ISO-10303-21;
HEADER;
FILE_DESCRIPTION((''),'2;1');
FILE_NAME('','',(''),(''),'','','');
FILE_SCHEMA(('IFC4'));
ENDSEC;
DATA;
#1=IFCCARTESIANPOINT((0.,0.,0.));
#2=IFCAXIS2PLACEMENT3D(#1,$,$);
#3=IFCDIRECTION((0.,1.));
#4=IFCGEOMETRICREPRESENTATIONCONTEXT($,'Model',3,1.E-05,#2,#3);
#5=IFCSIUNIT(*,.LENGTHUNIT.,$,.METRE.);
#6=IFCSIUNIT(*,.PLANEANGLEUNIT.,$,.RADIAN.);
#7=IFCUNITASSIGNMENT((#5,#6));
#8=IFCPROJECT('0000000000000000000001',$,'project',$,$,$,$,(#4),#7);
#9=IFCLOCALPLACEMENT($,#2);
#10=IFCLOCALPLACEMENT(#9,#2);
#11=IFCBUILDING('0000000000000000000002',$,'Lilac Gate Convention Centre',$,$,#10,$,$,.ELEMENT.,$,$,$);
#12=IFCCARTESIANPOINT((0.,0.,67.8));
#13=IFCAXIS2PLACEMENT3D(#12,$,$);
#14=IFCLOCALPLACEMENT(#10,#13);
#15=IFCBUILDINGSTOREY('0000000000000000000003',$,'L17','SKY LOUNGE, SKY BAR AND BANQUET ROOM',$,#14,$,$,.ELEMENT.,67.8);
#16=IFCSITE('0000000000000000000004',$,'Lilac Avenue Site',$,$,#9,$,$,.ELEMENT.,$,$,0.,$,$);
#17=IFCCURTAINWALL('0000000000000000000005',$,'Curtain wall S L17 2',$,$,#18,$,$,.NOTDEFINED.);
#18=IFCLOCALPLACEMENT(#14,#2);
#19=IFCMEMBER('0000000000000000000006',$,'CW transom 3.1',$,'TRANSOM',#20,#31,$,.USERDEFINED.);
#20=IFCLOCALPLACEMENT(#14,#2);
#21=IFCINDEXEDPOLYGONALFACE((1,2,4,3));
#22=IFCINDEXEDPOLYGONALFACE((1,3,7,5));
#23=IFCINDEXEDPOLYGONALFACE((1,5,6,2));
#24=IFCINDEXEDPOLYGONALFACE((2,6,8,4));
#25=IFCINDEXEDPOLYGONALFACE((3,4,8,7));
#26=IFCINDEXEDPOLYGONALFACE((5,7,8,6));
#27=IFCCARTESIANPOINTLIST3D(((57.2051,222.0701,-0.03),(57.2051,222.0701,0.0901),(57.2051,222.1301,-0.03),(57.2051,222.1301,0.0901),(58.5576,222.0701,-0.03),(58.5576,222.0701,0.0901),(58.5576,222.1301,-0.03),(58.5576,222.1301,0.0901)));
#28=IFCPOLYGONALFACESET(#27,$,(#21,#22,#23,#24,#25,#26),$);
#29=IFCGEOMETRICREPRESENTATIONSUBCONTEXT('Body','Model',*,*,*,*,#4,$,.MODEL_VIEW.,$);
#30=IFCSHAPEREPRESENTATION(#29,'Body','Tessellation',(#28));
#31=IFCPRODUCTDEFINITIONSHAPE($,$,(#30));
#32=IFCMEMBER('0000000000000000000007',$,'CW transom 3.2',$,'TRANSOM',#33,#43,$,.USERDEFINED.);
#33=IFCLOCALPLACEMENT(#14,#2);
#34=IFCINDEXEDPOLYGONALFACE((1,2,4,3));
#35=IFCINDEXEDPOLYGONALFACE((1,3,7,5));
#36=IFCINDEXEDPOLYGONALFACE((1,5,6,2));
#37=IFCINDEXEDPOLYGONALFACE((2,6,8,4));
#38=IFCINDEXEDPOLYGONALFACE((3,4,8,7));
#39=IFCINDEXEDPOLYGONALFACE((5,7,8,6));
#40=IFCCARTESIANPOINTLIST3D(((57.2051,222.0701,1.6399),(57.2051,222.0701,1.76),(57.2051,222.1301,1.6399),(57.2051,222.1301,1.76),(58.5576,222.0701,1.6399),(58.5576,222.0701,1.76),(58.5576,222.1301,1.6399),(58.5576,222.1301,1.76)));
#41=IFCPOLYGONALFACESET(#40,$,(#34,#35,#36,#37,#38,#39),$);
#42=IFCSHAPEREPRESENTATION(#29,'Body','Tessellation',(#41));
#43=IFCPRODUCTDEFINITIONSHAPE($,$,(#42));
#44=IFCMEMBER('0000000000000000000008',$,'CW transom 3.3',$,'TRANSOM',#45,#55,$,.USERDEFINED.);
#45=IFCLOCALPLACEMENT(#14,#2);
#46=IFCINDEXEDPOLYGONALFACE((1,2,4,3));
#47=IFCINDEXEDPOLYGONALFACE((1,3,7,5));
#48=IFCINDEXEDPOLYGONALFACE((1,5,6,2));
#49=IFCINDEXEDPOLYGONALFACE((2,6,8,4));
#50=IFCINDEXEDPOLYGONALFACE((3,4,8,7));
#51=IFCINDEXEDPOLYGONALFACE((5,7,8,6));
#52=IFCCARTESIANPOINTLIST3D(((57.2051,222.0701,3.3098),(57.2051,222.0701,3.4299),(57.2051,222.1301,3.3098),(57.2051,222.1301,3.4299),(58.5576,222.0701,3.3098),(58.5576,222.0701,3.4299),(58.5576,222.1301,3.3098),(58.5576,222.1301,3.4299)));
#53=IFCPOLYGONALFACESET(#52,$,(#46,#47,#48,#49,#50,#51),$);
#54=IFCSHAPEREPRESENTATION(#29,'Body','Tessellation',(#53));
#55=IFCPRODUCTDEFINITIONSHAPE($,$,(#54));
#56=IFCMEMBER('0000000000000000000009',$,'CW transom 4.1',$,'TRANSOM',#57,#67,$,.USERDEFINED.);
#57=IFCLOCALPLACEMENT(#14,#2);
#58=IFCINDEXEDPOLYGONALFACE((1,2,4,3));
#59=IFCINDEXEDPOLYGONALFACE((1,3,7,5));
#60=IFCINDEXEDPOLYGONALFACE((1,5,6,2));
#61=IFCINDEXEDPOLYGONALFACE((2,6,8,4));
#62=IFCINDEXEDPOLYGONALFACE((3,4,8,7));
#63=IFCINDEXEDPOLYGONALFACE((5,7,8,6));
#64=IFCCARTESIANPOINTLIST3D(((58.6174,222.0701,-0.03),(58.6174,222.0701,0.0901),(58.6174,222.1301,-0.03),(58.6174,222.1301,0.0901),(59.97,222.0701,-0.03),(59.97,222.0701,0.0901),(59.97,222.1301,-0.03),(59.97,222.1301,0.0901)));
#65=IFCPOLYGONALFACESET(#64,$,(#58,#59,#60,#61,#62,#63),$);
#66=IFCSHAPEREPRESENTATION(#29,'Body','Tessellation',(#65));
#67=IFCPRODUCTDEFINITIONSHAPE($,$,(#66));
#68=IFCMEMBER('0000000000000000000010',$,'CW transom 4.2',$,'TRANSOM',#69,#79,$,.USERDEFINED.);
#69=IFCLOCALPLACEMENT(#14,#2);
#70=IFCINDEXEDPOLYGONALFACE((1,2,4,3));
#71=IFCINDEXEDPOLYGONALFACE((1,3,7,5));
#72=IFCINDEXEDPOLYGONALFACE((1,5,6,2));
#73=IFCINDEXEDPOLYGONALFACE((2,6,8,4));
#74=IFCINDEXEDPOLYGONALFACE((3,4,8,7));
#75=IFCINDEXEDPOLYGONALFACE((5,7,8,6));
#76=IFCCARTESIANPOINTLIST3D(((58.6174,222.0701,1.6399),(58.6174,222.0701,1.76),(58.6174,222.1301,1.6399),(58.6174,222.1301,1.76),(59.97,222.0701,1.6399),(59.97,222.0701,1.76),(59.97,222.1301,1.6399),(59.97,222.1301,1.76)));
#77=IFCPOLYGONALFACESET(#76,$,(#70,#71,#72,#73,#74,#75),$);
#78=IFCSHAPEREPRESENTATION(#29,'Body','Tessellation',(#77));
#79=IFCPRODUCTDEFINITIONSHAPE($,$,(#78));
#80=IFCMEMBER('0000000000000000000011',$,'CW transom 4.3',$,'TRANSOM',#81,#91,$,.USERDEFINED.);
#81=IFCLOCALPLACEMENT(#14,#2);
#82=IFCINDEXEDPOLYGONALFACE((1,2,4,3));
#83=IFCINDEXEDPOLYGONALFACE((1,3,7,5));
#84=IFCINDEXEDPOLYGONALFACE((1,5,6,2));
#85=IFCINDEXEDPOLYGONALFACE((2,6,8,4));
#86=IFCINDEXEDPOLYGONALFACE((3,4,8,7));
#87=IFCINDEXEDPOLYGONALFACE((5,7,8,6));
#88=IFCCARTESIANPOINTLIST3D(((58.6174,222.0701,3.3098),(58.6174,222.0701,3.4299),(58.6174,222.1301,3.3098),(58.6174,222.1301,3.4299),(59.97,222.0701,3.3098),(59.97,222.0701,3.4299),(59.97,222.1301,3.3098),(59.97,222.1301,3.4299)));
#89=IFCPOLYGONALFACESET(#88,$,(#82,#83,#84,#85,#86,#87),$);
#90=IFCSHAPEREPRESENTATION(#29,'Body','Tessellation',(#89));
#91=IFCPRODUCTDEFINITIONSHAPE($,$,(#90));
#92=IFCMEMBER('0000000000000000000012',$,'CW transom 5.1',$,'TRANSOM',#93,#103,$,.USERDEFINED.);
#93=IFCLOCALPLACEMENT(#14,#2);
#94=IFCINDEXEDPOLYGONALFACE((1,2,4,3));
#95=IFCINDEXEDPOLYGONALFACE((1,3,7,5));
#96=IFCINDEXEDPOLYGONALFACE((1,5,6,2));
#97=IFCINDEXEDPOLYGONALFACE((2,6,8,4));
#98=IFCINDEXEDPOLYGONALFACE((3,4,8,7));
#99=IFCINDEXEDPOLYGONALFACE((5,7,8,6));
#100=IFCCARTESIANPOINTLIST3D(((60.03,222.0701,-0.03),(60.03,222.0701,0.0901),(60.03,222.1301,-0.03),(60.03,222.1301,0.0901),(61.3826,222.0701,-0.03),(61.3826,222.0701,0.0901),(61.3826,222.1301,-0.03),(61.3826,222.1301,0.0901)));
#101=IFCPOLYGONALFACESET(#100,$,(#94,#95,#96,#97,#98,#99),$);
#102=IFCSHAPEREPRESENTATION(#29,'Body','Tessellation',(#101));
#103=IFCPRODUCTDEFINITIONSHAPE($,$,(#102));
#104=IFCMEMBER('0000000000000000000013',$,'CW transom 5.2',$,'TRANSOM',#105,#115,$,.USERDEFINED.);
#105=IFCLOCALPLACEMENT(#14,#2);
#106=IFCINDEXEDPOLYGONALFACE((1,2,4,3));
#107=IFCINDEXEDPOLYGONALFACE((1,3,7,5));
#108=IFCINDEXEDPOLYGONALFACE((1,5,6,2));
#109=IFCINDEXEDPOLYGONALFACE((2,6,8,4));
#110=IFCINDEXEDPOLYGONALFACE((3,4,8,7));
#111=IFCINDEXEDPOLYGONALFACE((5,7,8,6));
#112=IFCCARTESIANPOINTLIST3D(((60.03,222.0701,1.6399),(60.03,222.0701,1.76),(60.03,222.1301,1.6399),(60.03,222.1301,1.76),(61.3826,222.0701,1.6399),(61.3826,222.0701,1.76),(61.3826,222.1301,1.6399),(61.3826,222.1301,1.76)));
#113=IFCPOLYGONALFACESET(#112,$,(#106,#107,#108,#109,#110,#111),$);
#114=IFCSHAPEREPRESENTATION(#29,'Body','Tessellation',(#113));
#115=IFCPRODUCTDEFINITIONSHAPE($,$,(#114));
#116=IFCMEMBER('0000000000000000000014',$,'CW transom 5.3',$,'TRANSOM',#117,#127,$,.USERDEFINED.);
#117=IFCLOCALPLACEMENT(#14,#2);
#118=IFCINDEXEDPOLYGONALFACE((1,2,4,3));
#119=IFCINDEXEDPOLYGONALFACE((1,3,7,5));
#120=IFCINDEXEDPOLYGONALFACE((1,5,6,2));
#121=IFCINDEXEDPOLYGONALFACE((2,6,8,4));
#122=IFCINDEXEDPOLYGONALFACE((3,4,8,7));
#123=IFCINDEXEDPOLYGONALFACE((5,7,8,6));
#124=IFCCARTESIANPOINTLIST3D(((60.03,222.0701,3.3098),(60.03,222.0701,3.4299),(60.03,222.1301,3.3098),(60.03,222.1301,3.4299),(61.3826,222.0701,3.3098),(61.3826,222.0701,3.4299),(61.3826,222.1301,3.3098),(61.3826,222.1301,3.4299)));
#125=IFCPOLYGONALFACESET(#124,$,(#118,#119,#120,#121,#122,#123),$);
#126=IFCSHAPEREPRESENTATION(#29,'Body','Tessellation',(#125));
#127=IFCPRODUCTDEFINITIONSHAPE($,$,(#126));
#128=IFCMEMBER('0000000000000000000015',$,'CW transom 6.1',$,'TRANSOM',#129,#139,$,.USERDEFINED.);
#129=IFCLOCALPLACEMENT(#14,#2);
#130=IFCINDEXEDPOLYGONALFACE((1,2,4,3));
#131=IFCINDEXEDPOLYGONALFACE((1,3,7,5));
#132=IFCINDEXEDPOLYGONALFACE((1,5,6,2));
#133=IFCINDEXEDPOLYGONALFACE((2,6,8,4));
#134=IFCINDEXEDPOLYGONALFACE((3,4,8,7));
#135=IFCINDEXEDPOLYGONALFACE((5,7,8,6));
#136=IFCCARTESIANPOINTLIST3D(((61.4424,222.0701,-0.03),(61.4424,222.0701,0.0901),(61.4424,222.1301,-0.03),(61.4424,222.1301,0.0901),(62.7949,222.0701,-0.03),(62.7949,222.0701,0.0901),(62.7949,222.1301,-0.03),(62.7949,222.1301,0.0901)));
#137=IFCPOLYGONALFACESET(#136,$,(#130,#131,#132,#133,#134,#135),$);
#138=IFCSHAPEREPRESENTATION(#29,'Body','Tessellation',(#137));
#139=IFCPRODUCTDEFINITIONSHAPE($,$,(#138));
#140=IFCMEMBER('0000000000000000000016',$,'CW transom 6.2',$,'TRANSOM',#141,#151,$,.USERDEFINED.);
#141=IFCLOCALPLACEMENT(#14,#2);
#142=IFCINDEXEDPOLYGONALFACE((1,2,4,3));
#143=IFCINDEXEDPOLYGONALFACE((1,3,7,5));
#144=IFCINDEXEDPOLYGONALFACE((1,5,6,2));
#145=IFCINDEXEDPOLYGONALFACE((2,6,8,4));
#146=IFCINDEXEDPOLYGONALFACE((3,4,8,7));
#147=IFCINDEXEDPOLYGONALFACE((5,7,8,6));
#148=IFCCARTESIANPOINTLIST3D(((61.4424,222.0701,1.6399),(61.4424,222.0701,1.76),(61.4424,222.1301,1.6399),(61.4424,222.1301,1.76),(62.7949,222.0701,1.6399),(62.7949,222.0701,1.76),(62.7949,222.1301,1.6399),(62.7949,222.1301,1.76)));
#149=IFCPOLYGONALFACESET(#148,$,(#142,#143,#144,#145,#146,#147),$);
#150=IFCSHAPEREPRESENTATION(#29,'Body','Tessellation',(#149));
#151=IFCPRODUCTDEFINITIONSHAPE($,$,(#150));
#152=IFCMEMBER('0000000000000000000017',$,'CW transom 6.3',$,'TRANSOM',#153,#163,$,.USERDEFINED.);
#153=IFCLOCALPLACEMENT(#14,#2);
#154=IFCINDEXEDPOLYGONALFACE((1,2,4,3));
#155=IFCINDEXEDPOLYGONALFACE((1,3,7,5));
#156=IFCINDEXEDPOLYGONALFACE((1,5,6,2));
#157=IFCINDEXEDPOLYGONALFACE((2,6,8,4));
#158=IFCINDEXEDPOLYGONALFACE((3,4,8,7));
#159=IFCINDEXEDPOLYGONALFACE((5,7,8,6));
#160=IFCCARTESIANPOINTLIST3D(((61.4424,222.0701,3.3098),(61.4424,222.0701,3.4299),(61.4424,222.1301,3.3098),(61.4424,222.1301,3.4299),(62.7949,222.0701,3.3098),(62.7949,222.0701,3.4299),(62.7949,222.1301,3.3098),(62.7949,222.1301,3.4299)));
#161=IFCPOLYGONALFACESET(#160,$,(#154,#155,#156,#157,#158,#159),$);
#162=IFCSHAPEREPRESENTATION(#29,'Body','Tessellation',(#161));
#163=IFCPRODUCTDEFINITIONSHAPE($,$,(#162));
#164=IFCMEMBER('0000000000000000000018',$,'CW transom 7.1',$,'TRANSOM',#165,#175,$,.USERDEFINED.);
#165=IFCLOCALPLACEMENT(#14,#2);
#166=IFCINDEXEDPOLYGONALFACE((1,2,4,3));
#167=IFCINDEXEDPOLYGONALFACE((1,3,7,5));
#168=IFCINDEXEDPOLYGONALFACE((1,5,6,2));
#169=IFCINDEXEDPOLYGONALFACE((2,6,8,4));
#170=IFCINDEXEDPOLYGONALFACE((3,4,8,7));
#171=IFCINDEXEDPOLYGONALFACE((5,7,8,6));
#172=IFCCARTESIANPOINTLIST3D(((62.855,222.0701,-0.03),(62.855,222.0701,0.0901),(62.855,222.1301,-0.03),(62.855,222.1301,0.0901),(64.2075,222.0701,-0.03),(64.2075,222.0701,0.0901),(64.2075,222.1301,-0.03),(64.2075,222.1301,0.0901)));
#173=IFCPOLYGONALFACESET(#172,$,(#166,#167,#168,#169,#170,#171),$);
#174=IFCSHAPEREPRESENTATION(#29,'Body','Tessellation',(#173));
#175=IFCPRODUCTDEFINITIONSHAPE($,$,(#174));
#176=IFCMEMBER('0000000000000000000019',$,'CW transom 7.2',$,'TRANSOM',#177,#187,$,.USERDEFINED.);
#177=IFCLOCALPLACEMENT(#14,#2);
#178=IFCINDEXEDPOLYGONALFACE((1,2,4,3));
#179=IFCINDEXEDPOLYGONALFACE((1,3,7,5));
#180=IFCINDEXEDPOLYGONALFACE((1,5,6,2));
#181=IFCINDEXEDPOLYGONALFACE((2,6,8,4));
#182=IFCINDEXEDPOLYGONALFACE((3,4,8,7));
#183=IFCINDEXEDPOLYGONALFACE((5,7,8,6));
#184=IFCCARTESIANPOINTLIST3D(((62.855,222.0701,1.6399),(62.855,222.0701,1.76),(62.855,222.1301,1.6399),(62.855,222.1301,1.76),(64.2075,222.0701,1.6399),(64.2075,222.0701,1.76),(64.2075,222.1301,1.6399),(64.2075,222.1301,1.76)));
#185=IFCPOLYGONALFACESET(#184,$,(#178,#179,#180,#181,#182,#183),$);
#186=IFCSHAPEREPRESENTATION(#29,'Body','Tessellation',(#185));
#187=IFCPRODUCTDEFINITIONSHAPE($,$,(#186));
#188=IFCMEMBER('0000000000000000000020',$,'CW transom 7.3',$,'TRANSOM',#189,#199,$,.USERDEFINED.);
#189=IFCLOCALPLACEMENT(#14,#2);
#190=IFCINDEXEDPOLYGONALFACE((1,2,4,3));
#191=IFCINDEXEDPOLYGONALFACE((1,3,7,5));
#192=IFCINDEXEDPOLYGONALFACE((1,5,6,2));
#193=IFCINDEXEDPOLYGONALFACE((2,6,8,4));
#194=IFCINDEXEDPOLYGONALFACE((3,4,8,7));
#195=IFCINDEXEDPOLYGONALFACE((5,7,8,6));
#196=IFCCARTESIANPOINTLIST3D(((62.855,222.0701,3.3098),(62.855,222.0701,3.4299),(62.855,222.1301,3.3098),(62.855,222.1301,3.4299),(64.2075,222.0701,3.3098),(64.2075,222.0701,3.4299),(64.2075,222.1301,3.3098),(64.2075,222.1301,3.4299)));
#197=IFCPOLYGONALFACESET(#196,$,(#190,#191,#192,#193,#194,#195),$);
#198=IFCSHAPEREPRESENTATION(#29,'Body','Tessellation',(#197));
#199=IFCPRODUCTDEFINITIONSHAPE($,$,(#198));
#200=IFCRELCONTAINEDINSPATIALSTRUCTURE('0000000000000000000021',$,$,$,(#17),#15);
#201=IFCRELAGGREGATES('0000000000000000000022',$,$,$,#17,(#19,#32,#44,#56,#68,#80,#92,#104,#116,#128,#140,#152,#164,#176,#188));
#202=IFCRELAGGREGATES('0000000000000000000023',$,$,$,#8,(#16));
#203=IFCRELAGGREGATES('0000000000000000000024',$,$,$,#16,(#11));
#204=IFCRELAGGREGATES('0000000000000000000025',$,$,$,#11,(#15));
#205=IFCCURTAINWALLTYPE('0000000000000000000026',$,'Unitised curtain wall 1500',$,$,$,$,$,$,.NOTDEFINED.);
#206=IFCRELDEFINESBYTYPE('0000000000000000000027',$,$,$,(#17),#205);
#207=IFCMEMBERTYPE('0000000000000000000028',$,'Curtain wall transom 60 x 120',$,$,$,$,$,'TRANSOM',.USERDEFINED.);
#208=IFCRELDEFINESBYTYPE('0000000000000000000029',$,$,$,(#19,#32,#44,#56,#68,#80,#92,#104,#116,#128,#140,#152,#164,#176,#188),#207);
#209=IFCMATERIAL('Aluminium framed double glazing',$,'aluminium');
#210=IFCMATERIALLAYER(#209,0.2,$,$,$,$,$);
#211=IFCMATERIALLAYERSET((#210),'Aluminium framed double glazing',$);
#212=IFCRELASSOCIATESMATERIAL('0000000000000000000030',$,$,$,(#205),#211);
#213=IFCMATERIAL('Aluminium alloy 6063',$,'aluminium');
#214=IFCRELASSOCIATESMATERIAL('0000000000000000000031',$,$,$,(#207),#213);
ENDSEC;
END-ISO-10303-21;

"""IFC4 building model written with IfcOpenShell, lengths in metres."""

from ifc_helpers import new_model, si_unit, direction, frame, origin, origin_2d, place, context, subcontext, project, spatial, rectangle, extrude, material, layer, layer_set, material_profile, profile_set, type_object, element, aggregate, save


model = new_model("IFC4")

# Units and contexts
model_context = context("Model", 3, precision=1e-05, world=origin(), true_north=direction((0.0, 1.0)))
body_context = subcontext(model_context, "Body", "Model", "MODEL_VIEW")
ifc_project = project(units=[si_unit("LENGTHUNIT", "METRE"), si_unit("PLANEANGLEUNIT", "RADIAN")], contexts=[model_context])

# Site, building, storey
site_placement = place(None, origin())
site = spatial("IfcSite", under=ifc_project, at=site_placement, Name="Lilac Avenue Site", CompositionType="ELEMENT", RefElevation=0.0)
building_placement = place(site_placement, origin())
building = spatial("IfcBuilding", under=site, at=building_placement, Name="Lilac Gate Convention Centre", CompositionType="ELEMENT")
storey_placement = place(building_placement, frame((0.0, 0.0, 67.8)))
storey = spatial("IfcBuildingStorey", under=building, at=storey_placement, Name="L17", Description="SKY LOUNGE, SKY BAR AND BANQUET ROOM", CompositionType="ELEMENT", Elevation=67.8)

# Curtain wall, members
ifc_material_1 = material(Name="Aluminium framed double glazing", Category="aluminium")
ifc_layer_1 = layer(ifc_material_1, 0.2)
ifc_layer_set_1 = layer_set([ifc_layer_1], Name="Aluminium framed double glazing")
curtain_wall_type = type_object("IfcCurtainWallType", Name="Unitised curtain wall 1500", PredefinedType="NOTDEFINED", material=ifc_layer_set_1)
curtain_wall_placement = place(storey_placement, origin())
curtain_wall = element("IfcCurtainWall", 1, at=curtain_wall_placement, inside=storey, type_object=curtain_wall_type, Name="Curtain wall S L17 2", PredefinedType="NOTDEFINED")
ifc_material_2 = material(Name="Aluminium alloy 6063", Category="aluminium")
ifc_material_profile = material_profile(ifc_material_2, rectangle(XDim=0.0601, YDim=0.1201, at=origin_2d()), Name="Curtain wall transom 60 x 120")
ifc_profile_set = profile_set([ifc_material_profile], Name="Aluminium alloy 6063")
member_type = type_object("IfcMemberType", Name="Curtain wall transom 60 x 120", ElementType="TRANSOM", PredefinedType="USERDEFINED", material=ifc_profile_set)
member_1_placement = place(storey_placement, frame((57.2051, 222.1001, 0.03), z_axis=(1.0, 0.0, 0.0), x_axis=(0.0, 1.0, 0.0)))
member_1 = element("IfcMember", 2, at=member_1_placement, type_object=member_type, Name="CW transom 3.1", ObjectType="TRANSOM", PredefinedType="USERDEFINED", context=body_context, shape_type="SweptSolid", body=[
    extrude(rectangle(XDim=0.0601, YDim=0.1201, at=origin_2d()), origin(), (0.0, 0.0, 1.0), 1.3525),
])
member_2_placement = place(storey_placement, frame((57.2051, 222.1001, 1.7), z_axis=(1.0, 0.0, 0.0), x_axis=(0.0, 1.0, 0.0)))
member_2 = element("IfcMember", 3, at=member_2_placement, type_object=member_type, Name="CW transom 3.2", ObjectType="TRANSOM", PredefinedType="USERDEFINED", context=body_context, shape_type="SweptSolid", body=[
    extrude(rectangle(XDim=0.0601, YDim=0.1201, at=origin_2d()), origin(), (0.0, 0.0, 1.0), 1.3525),
])
member_3_placement = place(storey_placement, frame((57.2051, 222.1001, 3.3699), z_axis=(1.0, 0.0, 0.0), x_axis=(0.0, 1.0, 0.0)))
member_3 = element("IfcMember", 4, at=member_3_placement, type_object=member_type, Name="CW transom 3.3", ObjectType="TRANSOM", PredefinedType="USERDEFINED", context=body_context, shape_type="SweptSolid", body=[
    extrude(rectangle(XDim=0.0601, YDim=0.1201, at=origin_2d()), origin(), (0.0, 0.0, 1.0), 1.3525),
])
member_4_placement = place(storey_placement, frame((58.6174, 222.1001, 0.03), z_axis=(1.0, 0.0, 0.0), x_axis=(0.0, 1.0, 0.0)))
member_4 = element("IfcMember", 5, at=member_4_placement, type_object=member_type, Name="CW transom 4.1", ObjectType="TRANSOM", PredefinedType="USERDEFINED", context=body_context, shape_type="SweptSolid", body=[
    extrude(rectangle(XDim=0.0601, YDim=0.1201, at=origin_2d()), origin(), (0.0, 0.0, 1.0), 1.3525),
])
member_5_placement = place(storey_placement, frame((58.6174, 222.1001, 1.7), z_axis=(1.0, 0.0, 0.0), x_axis=(0.0, 1.0, 0.0)))
member_5 = element("IfcMember", 6, at=member_5_placement, type_object=member_type, Name="CW transom 4.2", ObjectType="TRANSOM", PredefinedType="USERDEFINED", context=body_context, shape_type="SweptSolid", body=[
    extrude(rectangle(XDim=0.0601, YDim=0.1201, at=origin_2d()), origin(), (0.0, 0.0, 1.0), 1.3525),
])
member_6_placement = place(storey_placement, frame((58.6174, 222.1001, 3.3699), z_axis=(1.0, 0.0, 0.0), x_axis=(0.0, 1.0, 0.0)))
member_6 = element("IfcMember", 7, at=member_6_placement, type_object=member_type, Name="CW transom 4.3", ObjectType="TRANSOM", PredefinedType="USERDEFINED", context=body_context, shape_type="SweptSolid", body=[
    extrude(rectangle(XDim=0.0601, YDim=0.1201, at=origin_2d()), origin(), (0.0, 0.0, 1.0), 1.3525),
])
member_7_placement = place(storey_placement, frame((60.03, 222.1001, 0.03), z_axis=(1.0, 0.0, 0.0), x_axis=(0.0, 1.0, 0.0)))
member_7 = element("IfcMember", 8, at=member_7_placement, type_object=member_type, Name="CW transom 5.1", ObjectType="TRANSOM", PredefinedType="USERDEFINED", context=body_context, shape_type="SweptSolid", body=[
    extrude(rectangle(XDim=0.0601, YDim=0.1201, at=origin_2d()), origin(), (0.0, 0.0, 1.0), 1.3525),
])
member_8_placement = place(storey_placement, frame((60.03, 222.1001, 1.7), z_axis=(1.0, 0.0, 0.0), x_axis=(0.0, 1.0, 0.0)))
member_8 = element("IfcMember", 9, at=member_8_placement, type_object=member_type, Name="CW transom 5.2", ObjectType="TRANSOM", PredefinedType="USERDEFINED", context=body_context, shape_type="SweptSolid", body=[
    extrude(rectangle(XDim=0.0601, YDim=0.1201, at=origin_2d()), origin(), (0.0, 0.0, 1.0), 1.3525),
])
member_9_placement = place(storey_placement, frame((60.03, 222.1001, 3.3699), z_axis=(1.0, 0.0, 0.0), x_axis=(0.0, 1.0, 0.0)))
member_9 = element("IfcMember", 10, at=member_9_placement, type_object=member_type, Name="CW transom 5.3", ObjectType="TRANSOM", PredefinedType="USERDEFINED", context=body_context, shape_type="SweptSolid", body=[
    extrude(rectangle(XDim=0.0601, YDim=0.1201, at=origin_2d()), origin(), (0.0, 0.0, 1.0), 1.3525),
])
member_10_placement = place(storey_placement, frame((61.4424, 222.1001, 0.03), z_axis=(1.0, 0.0, 0.0), x_axis=(0.0, 1.0, 0.0)))
member_10 = element("IfcMember", 11, at=member_10_placement, type_object=member_type, Name="CW transom 6.1", ObjectType="TRANSOM", PredefinedType="USERDEFINED", context=body_context, shape_type="SweptSolid", body=[
    extrude(rectangle(XDim=0.0601, YDim=0.1201, at=origin_2d()), origin(), (0.0, 0.0, 1.0), 1.3525),
])
member_11_placement = place(storey_placement, frame((61.4424, 222.1001, 1.7), z_axis=(1.0, 0.0, 0.0), x_axis=(0.0, 1.0, 0.0)))
member_11 = element("IfcMember", 12, at=member_11_placement, type_object=member_type, Name="CW transom 6.2", ObjectType="TRANSOM", PredefinedType="USERDEFINED", context=body_context, shape_type="SweptSolid", body=[
    extrude(rectangle(XDim=0.0601, YDim=0.1201, at=origin_2d()), origin(), (0.0, 0.0, 1.0), 1.3525),
])
member_12_placement = place(storey_placement, frame((61.4424, 222.1001, 3.3699), z_axis=(1.0, 0.0, 0.0), x_axis=(0.0, 1.0, 0.0)))
member_12 = element("IfcMember", 13, at=member_12_placement, type_object=member_type, Name="CW transom 6.3", ObjectType="TRANSOM", PredefinedType="USERDEFINED", context=body_context, shape_type="SweptSolid", body=[
    extrude(rectangle(XDim=0.0601, YDim=0.1201, at=origin_2d()), origin(), (0.0, 0.0, 1.0), 1.3525),
])
member_13_placement = place(storey_placement, frame((62.855, 222.1001, 0.03), z_axis=(1.0, 0.0, 0.0), x_axis=(0.0, 1.0, 0.0)))
member_13 = element("IfcMember", 14, at=member_13_placement, type_object=member_type, Name="CW transom 7.1", ObjectType="TRANSOM", PredefinedType="USERDEFINED", context=body_context, shape_type="SweptSolid", body=[
    extrude(rectangle(XDim=0.0601, YDim=0.1201, at=origin_2d()), origin(), (0.0, 0.0, 1.0), 1.3525),
])
member_14_placement = place(storey_placement, frame((62.855, 222.1001, 1.7), z_axis=(1.0, 0.0, 0.0), x_axis=(0.0, 1.0, 0.0)))
member_14 = element("IfcMember", 15, at=member_14_placement, type_object=member_type, Name="CW transom 7.2", ObjectType="TRANSOM", PredefinedType="USERDEFINED", context=body_context, shape_type="SweptSolid", body=[
    extrude(rectangle(XDim=0.0601, YDim=0.1201, at=origin_2d()), origin(), (0.0, 0.0, 1.0), 1.3525),
])
member_15_placement = place(storey_placement, frame((62.855, 222.1001, 3.3699), z_axis=(1.0, 0.0, 0.0), x_axis=(0.0, 1.0, 0.0)))
member_15 = element("IfcMember", 16, at=member_15_placement, type_object=member_type, Name="CW transom 7.3", ObjectType="TRANSOM", PredefinedType="USERDEFINED", context=body_context, shape_type="SweptSolid", body=[
    extrude(rectangle(XDim=0.0601, YDim=0.1201, at=origin_2d()), origin(), (0.0, 0.0, 1.0), 1.3525),
])
aggregate(curtain_wall, [member_1, member_2, member_3, member_4, member_5, member_6, member_7, member_8, member_9, member_10, member_11, member_12, member_13, member_14, member_15])

save(model, "model.ifc")
